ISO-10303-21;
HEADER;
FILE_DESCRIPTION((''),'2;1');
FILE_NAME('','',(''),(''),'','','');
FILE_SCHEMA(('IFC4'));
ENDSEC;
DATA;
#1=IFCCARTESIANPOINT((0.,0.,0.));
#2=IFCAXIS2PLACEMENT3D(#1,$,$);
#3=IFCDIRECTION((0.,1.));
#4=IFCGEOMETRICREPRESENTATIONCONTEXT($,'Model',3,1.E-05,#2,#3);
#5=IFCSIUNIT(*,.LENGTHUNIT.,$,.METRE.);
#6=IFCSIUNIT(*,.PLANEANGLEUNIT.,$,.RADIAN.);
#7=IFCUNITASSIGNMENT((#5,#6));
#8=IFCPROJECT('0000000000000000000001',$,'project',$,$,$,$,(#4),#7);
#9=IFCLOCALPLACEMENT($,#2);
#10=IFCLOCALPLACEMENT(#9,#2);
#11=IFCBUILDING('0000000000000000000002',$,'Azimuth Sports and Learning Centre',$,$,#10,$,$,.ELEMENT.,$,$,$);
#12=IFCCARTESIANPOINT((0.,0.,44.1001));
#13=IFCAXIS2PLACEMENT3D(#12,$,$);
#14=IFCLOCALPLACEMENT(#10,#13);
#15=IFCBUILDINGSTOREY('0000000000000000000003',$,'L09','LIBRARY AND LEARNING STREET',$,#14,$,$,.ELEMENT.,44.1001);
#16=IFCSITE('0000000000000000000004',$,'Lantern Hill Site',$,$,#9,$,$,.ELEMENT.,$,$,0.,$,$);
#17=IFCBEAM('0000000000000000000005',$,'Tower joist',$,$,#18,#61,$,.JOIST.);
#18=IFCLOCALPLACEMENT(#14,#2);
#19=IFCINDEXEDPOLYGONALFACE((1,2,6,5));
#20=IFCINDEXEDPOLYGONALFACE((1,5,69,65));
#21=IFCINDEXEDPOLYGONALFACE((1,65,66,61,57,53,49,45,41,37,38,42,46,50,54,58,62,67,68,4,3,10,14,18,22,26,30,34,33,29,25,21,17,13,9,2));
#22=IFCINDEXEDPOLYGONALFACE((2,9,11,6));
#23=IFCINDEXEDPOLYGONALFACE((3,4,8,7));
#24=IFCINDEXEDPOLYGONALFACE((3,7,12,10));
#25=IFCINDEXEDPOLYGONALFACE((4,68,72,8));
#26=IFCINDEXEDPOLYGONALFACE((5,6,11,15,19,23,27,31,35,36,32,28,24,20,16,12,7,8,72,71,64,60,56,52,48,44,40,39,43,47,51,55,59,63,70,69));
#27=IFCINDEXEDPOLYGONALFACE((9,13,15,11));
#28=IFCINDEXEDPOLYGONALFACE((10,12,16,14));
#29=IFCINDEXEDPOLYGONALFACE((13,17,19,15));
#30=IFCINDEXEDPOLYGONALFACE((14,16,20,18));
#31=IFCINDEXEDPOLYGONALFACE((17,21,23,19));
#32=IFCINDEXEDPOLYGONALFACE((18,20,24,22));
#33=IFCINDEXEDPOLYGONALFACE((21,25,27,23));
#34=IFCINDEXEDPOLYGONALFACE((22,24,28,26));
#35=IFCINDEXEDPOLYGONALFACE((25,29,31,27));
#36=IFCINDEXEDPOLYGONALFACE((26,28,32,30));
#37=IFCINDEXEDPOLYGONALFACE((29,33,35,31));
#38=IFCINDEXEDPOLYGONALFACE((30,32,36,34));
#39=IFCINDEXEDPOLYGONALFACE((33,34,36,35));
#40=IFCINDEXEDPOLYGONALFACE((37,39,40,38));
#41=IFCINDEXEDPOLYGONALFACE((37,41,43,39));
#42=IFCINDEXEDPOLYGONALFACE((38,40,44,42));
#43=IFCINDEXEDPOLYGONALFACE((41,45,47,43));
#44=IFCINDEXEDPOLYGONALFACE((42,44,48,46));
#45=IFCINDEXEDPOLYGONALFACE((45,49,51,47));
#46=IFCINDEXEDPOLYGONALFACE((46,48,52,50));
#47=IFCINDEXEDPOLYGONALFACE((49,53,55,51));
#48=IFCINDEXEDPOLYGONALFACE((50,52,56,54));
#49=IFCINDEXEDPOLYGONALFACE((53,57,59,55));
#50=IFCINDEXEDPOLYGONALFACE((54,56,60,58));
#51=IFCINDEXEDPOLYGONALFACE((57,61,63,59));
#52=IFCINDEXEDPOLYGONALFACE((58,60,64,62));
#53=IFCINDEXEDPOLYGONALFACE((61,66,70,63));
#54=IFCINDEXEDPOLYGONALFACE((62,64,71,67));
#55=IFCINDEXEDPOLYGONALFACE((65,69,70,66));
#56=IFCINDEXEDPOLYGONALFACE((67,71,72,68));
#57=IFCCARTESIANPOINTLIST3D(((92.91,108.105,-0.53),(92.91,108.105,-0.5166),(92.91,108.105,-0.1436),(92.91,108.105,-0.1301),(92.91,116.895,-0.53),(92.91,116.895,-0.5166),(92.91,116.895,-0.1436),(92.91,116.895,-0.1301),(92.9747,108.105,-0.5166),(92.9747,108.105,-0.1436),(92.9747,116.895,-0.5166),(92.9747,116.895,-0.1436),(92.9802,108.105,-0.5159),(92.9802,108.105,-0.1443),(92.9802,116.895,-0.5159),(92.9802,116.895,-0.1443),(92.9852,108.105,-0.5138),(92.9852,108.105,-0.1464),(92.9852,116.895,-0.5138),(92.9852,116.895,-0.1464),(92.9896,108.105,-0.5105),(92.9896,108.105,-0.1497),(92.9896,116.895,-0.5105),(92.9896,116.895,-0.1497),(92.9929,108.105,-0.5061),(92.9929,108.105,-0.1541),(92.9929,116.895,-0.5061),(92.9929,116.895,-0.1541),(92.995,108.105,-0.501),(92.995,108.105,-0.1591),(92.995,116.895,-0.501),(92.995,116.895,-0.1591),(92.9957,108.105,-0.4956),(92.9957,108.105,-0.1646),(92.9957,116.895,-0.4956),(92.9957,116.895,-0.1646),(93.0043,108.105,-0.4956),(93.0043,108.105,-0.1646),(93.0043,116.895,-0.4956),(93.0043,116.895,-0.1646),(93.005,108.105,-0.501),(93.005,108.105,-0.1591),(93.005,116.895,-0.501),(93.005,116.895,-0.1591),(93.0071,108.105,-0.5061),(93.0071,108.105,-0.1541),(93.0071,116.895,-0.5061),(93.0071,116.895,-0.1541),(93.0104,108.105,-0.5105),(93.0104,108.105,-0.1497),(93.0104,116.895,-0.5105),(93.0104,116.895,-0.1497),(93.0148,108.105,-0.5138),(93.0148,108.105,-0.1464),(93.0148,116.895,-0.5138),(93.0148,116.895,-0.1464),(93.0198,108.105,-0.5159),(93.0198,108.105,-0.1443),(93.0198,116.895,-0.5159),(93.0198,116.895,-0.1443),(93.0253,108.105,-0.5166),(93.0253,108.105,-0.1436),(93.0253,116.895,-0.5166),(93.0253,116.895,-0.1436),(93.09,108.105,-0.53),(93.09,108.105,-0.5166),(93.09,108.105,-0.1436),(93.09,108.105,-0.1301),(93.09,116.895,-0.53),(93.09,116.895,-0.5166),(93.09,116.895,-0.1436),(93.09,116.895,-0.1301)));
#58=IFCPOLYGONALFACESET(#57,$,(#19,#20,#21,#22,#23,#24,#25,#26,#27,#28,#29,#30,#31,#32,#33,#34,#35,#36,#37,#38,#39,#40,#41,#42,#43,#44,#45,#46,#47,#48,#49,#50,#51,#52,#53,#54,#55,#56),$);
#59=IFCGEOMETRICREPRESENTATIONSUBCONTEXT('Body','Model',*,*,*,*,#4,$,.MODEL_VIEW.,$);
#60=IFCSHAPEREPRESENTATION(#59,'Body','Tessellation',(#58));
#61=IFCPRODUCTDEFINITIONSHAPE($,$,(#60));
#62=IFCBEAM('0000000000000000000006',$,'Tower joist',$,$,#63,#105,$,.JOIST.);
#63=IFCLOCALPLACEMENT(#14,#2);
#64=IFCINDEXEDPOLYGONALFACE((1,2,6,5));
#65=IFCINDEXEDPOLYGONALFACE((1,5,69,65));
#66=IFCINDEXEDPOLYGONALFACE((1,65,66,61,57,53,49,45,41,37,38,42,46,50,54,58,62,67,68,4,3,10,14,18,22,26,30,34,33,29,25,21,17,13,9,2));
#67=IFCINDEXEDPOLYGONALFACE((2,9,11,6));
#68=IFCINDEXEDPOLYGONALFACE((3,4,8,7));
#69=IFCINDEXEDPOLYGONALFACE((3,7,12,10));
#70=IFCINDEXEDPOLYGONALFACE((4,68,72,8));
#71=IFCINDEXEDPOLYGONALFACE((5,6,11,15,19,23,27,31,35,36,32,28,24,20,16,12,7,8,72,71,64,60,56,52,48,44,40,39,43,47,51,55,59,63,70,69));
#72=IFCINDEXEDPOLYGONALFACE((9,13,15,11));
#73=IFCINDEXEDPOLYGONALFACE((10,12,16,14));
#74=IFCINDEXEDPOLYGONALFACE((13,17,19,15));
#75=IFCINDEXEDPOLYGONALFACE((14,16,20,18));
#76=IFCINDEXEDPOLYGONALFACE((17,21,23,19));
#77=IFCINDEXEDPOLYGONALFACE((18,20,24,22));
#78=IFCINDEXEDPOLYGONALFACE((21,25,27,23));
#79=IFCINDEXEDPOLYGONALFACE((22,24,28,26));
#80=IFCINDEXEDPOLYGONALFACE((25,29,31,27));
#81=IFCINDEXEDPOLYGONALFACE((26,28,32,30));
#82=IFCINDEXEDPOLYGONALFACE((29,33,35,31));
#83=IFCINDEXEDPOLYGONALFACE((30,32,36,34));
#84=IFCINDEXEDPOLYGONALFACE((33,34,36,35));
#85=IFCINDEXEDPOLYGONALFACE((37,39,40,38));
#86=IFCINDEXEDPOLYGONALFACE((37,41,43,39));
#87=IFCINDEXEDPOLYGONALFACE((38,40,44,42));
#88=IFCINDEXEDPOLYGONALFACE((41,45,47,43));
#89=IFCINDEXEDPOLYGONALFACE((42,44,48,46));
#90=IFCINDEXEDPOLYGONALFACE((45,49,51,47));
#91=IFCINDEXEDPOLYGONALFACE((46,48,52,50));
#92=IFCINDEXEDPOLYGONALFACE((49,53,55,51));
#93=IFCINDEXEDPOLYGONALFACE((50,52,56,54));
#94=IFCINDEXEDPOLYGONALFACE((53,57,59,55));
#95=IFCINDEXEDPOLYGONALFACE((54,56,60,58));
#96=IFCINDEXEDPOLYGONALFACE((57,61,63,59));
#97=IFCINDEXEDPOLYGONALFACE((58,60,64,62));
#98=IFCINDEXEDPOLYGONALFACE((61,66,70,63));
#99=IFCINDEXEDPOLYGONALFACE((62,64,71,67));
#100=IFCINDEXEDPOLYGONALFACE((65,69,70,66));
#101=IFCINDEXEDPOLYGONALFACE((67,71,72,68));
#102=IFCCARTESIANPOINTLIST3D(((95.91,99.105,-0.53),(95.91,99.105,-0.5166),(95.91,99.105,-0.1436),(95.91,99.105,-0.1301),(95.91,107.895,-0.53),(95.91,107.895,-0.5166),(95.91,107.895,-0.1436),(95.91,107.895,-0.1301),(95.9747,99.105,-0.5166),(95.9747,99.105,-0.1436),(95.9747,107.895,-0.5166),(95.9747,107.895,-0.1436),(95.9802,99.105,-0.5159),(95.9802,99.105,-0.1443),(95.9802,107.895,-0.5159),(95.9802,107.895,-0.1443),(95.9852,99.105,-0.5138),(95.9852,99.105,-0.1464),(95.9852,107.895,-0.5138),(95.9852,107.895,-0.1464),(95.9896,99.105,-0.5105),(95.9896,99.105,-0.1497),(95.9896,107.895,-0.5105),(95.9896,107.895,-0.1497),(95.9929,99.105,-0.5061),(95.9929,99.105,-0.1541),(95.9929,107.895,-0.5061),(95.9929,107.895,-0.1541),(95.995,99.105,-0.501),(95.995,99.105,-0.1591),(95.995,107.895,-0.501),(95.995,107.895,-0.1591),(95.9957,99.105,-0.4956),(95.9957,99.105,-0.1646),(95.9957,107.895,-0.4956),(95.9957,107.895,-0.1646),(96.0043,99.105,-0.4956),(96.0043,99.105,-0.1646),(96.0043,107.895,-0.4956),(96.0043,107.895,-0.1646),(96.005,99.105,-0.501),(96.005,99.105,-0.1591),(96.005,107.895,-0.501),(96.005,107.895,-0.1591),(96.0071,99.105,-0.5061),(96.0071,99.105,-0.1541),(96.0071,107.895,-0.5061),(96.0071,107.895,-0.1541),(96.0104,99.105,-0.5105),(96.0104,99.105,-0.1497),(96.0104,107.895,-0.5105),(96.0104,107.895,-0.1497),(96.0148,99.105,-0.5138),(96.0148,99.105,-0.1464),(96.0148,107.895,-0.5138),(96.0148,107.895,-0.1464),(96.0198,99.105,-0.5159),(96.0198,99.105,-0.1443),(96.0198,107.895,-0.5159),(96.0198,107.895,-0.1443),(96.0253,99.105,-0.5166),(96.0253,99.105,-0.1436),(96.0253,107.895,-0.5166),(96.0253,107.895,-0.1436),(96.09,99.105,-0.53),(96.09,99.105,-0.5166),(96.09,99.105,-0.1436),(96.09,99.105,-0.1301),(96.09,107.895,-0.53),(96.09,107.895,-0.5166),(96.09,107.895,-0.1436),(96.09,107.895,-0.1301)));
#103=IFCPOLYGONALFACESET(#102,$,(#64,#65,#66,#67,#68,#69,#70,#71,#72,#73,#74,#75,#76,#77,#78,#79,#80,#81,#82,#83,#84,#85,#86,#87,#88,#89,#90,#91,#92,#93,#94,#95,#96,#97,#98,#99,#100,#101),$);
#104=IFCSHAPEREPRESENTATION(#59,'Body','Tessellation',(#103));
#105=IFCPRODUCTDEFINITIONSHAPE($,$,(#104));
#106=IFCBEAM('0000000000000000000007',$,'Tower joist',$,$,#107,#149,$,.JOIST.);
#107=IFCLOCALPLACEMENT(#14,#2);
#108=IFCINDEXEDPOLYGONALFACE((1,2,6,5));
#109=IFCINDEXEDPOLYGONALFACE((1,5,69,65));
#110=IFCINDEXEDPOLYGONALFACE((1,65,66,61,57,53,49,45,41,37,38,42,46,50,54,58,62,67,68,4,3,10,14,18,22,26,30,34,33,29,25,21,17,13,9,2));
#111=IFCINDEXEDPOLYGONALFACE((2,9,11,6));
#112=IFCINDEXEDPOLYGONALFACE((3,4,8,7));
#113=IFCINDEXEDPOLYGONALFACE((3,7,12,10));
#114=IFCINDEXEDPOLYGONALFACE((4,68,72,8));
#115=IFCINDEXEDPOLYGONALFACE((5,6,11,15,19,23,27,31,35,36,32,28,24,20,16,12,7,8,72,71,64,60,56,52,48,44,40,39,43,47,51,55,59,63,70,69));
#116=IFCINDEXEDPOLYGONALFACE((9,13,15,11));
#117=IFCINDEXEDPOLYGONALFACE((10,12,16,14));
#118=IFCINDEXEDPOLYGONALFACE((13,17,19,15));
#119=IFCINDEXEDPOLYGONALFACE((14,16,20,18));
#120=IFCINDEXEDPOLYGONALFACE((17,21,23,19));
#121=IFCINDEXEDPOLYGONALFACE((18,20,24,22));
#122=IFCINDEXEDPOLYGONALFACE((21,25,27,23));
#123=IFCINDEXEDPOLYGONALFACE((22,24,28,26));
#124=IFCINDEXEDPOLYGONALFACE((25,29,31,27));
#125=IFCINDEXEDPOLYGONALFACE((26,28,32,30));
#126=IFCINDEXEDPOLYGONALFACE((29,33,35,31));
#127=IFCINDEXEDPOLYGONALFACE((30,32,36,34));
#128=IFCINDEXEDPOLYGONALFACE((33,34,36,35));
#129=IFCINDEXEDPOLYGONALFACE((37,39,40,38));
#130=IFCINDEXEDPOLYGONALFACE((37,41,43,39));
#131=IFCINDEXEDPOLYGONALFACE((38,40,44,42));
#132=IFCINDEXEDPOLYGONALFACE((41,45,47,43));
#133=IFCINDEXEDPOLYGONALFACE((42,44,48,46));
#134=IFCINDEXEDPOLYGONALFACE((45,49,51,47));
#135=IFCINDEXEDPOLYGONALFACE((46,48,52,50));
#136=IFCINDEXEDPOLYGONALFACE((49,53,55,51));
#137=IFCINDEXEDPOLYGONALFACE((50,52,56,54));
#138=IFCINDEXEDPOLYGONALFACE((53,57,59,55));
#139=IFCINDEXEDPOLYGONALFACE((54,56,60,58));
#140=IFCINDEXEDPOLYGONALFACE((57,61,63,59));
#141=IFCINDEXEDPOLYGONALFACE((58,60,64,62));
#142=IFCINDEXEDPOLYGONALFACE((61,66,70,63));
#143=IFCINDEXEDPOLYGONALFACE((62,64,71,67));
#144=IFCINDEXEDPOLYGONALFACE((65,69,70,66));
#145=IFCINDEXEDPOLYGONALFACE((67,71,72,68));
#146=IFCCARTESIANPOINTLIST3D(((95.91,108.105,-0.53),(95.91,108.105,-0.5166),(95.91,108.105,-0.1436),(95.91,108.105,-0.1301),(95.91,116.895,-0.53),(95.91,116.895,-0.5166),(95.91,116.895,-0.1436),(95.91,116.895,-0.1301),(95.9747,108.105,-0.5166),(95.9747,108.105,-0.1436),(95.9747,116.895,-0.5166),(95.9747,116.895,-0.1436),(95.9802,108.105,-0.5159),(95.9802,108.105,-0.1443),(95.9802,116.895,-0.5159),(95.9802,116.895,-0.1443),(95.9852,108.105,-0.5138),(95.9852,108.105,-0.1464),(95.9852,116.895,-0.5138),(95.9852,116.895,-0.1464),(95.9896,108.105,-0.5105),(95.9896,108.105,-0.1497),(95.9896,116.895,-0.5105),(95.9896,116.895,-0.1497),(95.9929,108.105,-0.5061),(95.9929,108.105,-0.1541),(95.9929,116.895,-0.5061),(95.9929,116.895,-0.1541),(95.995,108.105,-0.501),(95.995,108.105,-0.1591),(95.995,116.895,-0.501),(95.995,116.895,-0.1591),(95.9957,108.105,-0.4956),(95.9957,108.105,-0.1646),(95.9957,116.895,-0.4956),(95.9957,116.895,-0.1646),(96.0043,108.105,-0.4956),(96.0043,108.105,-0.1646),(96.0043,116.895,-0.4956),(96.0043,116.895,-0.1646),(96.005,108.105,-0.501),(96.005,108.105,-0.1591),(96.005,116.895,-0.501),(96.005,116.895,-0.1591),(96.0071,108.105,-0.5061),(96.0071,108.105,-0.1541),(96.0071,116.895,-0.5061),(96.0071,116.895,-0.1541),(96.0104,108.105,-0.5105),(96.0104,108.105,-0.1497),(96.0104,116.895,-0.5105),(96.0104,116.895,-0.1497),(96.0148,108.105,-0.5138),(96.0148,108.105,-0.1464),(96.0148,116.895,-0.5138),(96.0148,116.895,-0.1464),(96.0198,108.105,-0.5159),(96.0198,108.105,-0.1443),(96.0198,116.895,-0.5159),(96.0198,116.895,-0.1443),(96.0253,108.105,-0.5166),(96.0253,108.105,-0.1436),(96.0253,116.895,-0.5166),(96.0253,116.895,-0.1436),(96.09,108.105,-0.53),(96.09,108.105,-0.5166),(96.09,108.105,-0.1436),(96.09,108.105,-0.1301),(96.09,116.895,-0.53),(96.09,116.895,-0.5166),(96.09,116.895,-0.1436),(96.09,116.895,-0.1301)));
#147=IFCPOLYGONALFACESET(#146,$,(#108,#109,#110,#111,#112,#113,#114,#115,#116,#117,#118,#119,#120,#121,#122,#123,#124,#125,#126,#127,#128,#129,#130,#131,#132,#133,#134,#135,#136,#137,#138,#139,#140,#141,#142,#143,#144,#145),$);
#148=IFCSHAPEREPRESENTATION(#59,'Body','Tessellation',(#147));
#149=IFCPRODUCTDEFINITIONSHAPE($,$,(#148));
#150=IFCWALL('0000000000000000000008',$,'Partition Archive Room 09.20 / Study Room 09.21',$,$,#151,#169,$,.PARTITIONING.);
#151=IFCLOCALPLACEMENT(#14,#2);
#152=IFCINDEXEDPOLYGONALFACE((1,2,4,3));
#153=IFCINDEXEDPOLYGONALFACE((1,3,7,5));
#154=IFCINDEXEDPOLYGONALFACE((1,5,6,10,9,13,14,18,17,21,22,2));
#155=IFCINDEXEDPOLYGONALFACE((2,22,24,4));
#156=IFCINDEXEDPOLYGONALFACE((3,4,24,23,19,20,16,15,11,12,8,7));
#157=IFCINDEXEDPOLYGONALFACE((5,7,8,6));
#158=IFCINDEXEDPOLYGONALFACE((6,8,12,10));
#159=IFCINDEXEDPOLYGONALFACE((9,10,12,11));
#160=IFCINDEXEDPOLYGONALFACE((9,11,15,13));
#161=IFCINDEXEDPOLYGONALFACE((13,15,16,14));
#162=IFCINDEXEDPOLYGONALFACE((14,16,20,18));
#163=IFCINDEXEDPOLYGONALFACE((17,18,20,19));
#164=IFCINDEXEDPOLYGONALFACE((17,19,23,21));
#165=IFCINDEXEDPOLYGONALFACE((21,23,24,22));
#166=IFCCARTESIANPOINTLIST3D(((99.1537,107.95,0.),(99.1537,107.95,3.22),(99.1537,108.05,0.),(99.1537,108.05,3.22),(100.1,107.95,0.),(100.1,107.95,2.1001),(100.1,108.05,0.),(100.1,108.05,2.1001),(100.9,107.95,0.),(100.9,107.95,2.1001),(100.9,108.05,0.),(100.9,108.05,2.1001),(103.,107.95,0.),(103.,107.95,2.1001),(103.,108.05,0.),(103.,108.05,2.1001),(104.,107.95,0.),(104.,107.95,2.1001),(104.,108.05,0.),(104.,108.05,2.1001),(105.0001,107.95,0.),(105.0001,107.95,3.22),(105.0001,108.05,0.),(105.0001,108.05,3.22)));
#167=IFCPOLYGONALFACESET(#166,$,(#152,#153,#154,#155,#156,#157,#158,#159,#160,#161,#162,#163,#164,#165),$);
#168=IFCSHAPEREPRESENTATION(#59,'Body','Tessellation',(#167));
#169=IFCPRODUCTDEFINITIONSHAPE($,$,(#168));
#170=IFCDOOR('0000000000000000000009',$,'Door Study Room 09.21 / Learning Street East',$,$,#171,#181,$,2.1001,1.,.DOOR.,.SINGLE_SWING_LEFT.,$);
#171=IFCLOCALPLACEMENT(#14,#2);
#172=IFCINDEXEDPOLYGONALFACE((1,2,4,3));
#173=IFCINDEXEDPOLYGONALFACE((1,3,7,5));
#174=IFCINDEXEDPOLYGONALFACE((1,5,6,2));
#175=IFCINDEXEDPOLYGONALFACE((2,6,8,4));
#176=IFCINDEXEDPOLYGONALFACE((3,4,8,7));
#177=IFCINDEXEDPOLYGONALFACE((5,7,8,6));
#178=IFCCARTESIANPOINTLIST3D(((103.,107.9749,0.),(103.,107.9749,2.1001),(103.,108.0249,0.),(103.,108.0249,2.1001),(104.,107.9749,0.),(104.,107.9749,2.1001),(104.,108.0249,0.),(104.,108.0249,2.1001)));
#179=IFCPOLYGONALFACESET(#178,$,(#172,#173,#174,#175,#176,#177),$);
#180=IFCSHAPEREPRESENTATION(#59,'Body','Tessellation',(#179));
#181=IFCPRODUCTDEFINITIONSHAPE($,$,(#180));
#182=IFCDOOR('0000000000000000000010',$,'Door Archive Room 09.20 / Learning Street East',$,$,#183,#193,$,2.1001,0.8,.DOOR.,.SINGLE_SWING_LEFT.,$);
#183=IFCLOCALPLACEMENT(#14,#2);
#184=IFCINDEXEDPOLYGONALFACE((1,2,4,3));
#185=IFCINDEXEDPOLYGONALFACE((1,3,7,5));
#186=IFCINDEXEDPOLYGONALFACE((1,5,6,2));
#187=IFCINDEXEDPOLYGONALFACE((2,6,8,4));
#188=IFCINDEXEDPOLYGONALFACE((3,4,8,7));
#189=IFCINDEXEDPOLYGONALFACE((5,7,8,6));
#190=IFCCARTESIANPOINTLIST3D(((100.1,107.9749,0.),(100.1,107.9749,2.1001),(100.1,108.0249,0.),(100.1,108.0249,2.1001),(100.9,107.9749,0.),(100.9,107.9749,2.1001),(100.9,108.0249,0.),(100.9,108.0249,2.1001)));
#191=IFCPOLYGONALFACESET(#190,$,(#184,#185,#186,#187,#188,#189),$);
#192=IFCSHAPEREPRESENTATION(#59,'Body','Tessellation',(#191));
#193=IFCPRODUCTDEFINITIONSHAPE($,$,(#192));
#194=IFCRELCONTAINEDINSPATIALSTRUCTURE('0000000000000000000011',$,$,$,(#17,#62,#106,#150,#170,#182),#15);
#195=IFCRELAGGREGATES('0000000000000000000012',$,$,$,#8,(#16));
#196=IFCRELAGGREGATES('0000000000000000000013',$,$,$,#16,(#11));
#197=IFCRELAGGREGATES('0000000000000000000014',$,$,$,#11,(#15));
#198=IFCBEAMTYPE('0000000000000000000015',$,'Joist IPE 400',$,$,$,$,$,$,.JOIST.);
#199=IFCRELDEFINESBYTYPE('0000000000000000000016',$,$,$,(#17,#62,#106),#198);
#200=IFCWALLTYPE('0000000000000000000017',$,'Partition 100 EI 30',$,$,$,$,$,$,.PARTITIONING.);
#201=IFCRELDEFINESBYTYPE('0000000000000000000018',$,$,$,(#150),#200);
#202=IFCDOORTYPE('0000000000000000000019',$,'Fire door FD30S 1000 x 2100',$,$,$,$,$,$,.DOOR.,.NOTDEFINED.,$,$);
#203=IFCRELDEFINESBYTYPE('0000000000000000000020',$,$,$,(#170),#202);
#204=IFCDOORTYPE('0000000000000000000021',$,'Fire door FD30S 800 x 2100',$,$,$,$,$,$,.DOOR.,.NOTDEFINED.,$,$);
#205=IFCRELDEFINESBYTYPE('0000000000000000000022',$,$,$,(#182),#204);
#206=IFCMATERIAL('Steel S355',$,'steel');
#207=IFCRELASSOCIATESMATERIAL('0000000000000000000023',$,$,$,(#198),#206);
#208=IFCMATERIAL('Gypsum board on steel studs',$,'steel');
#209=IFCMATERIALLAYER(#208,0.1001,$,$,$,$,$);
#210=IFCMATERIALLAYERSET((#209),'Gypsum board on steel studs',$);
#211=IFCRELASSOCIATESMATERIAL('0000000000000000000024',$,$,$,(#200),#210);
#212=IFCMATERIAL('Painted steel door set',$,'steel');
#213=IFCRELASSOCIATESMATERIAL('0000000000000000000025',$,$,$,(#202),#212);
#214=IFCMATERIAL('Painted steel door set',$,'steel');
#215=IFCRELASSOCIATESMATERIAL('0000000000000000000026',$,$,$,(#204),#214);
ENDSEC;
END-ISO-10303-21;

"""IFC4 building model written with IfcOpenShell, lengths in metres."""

from ifc_helpers import new_model, si_unit, direction, frame, frame_2d, origin, origin_2d, place, context, subcontext, project, spatial, rectangle, i_section, extrude, material, layer, layer_set, material_profile, profile_set, type_object, element, fill, save


model = new_model("IFC4")

# Units and contexts
model_context = context("Model", 3, precision=1e-05, world=origin(), true_north=direction((0.0, 1.0)))
body_context = subcontext(model_context, "Body", "Model", "MODEL_VIEW")
ifc_project = project(units=[si_unit("LENGTHUNIT", "METRE"), si_unit("PLANEANGLEUNIT", "RADIAN")], contexts=[model_context])

# Site, building, storey
site_placement = place(None, origin())
site = spatial("IfcSite", under=ifc_project, at=site_placement, Name="Lantern Hill Site", CompositionType="ELEMENT", RefElevation=0.0)
building_placement = place(site_placement, origin())
building = spatial("IfcBuilding", under=site, at=building_placement, Name="Azimuth Sports and Learning Centre", CompositionType="ELEMENT")
storey_placement = place(building_placement, frame((0.0, 0.0, 44.1001)))
storey = spatial("IfcBuildingStorey", under=building, at=storey_placement, Name="L09", Description="LIBRARY AND LEARNING STREET", CompositionType="ELEMENT", Elevation=44.1001)

# Beams
ifc_material_1 = material(Name="Steel S355", Category="steel")
ifc_material_profile_1 = material_profile(ifc_material_1, i_section(OverallWidth=0.1799, OverallDepth=0.3999, WebThickness=0.0085, FlangeThickness=0.0134, FilletRadius=0.021, at=origin_2d()), Name="IPE 400")
ifc_profile_set_1 = profile_set([ifc_material_profile_1], Name="Steel S355")
beam_type_1 = type_object("IfcBeamType", Name="Joist IPE 400", PredefinedType="JOIST", material=ifc_profile_set_1)
for number, where, z_axis, x_axis, name in (
    (1, (93.0, 108.105, -0.3301), (0.0, 1.0, 0.0), (-1.0, 0.0, 0.0), "Tower joist"),
    (2, (96.0, 99.105, -0.3301), (0.0, 1.0, 0.0), (-1.0, 0.0, 0.0), "Tower joist"),
    (3, (96.0, 108.105, -0.3301), (0.0, 1.0, 0.0), (-1.0, 0.0, 0.0), "Tower joist"),
):
    element("IfcBeam", number, at=place(storey_placement, frame(where, z_axis=z_axis, x_axis=x_axis)), inside=storey, type_object=beam_type_1, Name=name, PredefinedType="JOIST", context=body_context, shape_type="SweptSolid", body=[
        extrude(i_section(OverallWidth=0.1799, OverallDepth=0.3999, WebThickness=0.0085, FlangeThickness=0.0134, FilletRadius=0.021, at=origin_2d()), origin(), (0.0, 0.0, 1.0), 8.79),
    ])

# Wall, openings, doors
ifc_material_2 = material(Name="Gypsum board on steel studs", Category="steel")
ifc_layer_1 = layer(ifc_material_2, 0.1001)
ifc_layer_set_1 = layer_set([ifc_layer_1], Name="Gypsum board on steel studs")
wall_type_1 = type_object("IfcWallType", Name="Partition 100 EI 30", PredefinedType="PARTITIONING", material=ifc_layer_set_1)
wall_1_placement = place(storey_placement, frame((99.1536, 108.0, 0.0), z_axis=(0.0, 0.0, 1.0), x_axis=(1.0, 0.0, 0.0)))
wall_1 = element("IfcWall", 4, at=wall_1_placement, inside=storey, type_object=wall_type_1, Name="Partition Archive Room 09.20 / Study Room 09.21", PredefinedType="PARTITIONING", context=body_context, shape_type="SweptSolid", body=[
    extrude(rectangle(XDim=5.8464, YDim=0.1001, at=frame_2d((2.9233, 0.0))), origin(), (0.0, 0.0, 1.0), 3.22),
])
opening_1_placement = place(wall_1_placement, frame((0.9465, 0.0, 0.0)))
opening_1 = element("IfcOpeningElement", 5, at=opening_1_placement, cuts=wall_1, PredefinedType="OPENING", context=body_context, shape_type="SweptSolid", body=[
    extrude(rectangle(XDim=0.8, YDim=2.1001, at=frame_2d((0.3999, 1.05))), frame((0.0, 0.061, 0.0), z_axis=(0.0, -1.0, 0.0), x_axis=(1.0, 0.0, 0.0)), (0.0, 0.0, 1.0), 0.1221),
])
opening_2_placement = place(wall_1_placement, frame((3.8464, 0.0, 0.0)))
opening_2 = element("IfcOpeningElement", 6, at=opening_2_placement, cuts=wall_1, PredefinedType="OPENING", context=body_context, shape_type="SweptSolid", body=[
    extrude(rectangle(XDim=1.0, YDim=2.1001, at=frame_2d((0.5, 1.05))), frame((0.0, 0.061, 0.0), z_axis=(0.0, -1.0, 0.0), x_axis=(1.0, 0.0, 0.0)), (0.0, 0.0, 1.0), 0.1221),
])
ifc_material_3 = material(Name="Painted steel door set", Category="steel")
door_type_1 = type_object("IfcDoorType", Name="Fire door FD30S 1000 x 2100", OperationType="NOTDEFINED", PredefinedType="DOOR", material=ifc_material_3)
door_1_placement = place(opening_2_placement, origin())
door_1 = element("IfcDoor", 7, at=door_1_placement, inside=storey, type_object=door_type_1, Name="Door Study Room 09.21 / Learning Street East", OperationType="SINGLE_SWING_LEFT", OverallHeight=2.1001, OverallWidth=1.0, PredefinedType="DOOR", context=body_context, shape_type="SweptSolid", body=[
    extrude(rectangle(XDim=1.0, YDim=2.1001, at=frame_2d((0.5, 1.05))), frame((0.0, 0.0249, 0.0), z_axis=(0.0, -1.0, 0.0), x_axis=(1.0, 0.0, 0.0)), (0.0, 0.0, 1.0), 0.05),
])
fill(opening_2, door_1)
ifc_material_4 = material(Name="Painted steel door set", Category="steel")
door_type_2 = type_object("IfcDoorType", Name="Fire door FD30S 800 x 2100", OperationType="NOTDEFINED", PredefinedType="DOOR", material=ifc_material_4)
door_2_placement = place(opening_1_placement, origin())
door_2 = element("IfcDoor", 8, at=door_2_placement, inside=storey, type_object=door_type_2, Name="Door Archive Room 09.20 / Learning Street East", OperationType="SINGLE_SWING_LEFT", OverallHeight=2.1001, OverallWidth=0.8, PredefinedType="DOOR", context=body_context, shape_type="SweptSolid", body=[
    extrude(rectangle(XDim=0.8, YDim=2.1001, at=frame_2d((0.3999, 1.05))), frame((0.0, 0.0249, 0.0), z_axis=(0.0, -1.0, 0.0), x_axis=(1.0, 0.0, 0.0)), (0.0, 0.0, 1.0), 0.05),
])
fill(opening_1, door_2)

save(model, "model.ifc")
